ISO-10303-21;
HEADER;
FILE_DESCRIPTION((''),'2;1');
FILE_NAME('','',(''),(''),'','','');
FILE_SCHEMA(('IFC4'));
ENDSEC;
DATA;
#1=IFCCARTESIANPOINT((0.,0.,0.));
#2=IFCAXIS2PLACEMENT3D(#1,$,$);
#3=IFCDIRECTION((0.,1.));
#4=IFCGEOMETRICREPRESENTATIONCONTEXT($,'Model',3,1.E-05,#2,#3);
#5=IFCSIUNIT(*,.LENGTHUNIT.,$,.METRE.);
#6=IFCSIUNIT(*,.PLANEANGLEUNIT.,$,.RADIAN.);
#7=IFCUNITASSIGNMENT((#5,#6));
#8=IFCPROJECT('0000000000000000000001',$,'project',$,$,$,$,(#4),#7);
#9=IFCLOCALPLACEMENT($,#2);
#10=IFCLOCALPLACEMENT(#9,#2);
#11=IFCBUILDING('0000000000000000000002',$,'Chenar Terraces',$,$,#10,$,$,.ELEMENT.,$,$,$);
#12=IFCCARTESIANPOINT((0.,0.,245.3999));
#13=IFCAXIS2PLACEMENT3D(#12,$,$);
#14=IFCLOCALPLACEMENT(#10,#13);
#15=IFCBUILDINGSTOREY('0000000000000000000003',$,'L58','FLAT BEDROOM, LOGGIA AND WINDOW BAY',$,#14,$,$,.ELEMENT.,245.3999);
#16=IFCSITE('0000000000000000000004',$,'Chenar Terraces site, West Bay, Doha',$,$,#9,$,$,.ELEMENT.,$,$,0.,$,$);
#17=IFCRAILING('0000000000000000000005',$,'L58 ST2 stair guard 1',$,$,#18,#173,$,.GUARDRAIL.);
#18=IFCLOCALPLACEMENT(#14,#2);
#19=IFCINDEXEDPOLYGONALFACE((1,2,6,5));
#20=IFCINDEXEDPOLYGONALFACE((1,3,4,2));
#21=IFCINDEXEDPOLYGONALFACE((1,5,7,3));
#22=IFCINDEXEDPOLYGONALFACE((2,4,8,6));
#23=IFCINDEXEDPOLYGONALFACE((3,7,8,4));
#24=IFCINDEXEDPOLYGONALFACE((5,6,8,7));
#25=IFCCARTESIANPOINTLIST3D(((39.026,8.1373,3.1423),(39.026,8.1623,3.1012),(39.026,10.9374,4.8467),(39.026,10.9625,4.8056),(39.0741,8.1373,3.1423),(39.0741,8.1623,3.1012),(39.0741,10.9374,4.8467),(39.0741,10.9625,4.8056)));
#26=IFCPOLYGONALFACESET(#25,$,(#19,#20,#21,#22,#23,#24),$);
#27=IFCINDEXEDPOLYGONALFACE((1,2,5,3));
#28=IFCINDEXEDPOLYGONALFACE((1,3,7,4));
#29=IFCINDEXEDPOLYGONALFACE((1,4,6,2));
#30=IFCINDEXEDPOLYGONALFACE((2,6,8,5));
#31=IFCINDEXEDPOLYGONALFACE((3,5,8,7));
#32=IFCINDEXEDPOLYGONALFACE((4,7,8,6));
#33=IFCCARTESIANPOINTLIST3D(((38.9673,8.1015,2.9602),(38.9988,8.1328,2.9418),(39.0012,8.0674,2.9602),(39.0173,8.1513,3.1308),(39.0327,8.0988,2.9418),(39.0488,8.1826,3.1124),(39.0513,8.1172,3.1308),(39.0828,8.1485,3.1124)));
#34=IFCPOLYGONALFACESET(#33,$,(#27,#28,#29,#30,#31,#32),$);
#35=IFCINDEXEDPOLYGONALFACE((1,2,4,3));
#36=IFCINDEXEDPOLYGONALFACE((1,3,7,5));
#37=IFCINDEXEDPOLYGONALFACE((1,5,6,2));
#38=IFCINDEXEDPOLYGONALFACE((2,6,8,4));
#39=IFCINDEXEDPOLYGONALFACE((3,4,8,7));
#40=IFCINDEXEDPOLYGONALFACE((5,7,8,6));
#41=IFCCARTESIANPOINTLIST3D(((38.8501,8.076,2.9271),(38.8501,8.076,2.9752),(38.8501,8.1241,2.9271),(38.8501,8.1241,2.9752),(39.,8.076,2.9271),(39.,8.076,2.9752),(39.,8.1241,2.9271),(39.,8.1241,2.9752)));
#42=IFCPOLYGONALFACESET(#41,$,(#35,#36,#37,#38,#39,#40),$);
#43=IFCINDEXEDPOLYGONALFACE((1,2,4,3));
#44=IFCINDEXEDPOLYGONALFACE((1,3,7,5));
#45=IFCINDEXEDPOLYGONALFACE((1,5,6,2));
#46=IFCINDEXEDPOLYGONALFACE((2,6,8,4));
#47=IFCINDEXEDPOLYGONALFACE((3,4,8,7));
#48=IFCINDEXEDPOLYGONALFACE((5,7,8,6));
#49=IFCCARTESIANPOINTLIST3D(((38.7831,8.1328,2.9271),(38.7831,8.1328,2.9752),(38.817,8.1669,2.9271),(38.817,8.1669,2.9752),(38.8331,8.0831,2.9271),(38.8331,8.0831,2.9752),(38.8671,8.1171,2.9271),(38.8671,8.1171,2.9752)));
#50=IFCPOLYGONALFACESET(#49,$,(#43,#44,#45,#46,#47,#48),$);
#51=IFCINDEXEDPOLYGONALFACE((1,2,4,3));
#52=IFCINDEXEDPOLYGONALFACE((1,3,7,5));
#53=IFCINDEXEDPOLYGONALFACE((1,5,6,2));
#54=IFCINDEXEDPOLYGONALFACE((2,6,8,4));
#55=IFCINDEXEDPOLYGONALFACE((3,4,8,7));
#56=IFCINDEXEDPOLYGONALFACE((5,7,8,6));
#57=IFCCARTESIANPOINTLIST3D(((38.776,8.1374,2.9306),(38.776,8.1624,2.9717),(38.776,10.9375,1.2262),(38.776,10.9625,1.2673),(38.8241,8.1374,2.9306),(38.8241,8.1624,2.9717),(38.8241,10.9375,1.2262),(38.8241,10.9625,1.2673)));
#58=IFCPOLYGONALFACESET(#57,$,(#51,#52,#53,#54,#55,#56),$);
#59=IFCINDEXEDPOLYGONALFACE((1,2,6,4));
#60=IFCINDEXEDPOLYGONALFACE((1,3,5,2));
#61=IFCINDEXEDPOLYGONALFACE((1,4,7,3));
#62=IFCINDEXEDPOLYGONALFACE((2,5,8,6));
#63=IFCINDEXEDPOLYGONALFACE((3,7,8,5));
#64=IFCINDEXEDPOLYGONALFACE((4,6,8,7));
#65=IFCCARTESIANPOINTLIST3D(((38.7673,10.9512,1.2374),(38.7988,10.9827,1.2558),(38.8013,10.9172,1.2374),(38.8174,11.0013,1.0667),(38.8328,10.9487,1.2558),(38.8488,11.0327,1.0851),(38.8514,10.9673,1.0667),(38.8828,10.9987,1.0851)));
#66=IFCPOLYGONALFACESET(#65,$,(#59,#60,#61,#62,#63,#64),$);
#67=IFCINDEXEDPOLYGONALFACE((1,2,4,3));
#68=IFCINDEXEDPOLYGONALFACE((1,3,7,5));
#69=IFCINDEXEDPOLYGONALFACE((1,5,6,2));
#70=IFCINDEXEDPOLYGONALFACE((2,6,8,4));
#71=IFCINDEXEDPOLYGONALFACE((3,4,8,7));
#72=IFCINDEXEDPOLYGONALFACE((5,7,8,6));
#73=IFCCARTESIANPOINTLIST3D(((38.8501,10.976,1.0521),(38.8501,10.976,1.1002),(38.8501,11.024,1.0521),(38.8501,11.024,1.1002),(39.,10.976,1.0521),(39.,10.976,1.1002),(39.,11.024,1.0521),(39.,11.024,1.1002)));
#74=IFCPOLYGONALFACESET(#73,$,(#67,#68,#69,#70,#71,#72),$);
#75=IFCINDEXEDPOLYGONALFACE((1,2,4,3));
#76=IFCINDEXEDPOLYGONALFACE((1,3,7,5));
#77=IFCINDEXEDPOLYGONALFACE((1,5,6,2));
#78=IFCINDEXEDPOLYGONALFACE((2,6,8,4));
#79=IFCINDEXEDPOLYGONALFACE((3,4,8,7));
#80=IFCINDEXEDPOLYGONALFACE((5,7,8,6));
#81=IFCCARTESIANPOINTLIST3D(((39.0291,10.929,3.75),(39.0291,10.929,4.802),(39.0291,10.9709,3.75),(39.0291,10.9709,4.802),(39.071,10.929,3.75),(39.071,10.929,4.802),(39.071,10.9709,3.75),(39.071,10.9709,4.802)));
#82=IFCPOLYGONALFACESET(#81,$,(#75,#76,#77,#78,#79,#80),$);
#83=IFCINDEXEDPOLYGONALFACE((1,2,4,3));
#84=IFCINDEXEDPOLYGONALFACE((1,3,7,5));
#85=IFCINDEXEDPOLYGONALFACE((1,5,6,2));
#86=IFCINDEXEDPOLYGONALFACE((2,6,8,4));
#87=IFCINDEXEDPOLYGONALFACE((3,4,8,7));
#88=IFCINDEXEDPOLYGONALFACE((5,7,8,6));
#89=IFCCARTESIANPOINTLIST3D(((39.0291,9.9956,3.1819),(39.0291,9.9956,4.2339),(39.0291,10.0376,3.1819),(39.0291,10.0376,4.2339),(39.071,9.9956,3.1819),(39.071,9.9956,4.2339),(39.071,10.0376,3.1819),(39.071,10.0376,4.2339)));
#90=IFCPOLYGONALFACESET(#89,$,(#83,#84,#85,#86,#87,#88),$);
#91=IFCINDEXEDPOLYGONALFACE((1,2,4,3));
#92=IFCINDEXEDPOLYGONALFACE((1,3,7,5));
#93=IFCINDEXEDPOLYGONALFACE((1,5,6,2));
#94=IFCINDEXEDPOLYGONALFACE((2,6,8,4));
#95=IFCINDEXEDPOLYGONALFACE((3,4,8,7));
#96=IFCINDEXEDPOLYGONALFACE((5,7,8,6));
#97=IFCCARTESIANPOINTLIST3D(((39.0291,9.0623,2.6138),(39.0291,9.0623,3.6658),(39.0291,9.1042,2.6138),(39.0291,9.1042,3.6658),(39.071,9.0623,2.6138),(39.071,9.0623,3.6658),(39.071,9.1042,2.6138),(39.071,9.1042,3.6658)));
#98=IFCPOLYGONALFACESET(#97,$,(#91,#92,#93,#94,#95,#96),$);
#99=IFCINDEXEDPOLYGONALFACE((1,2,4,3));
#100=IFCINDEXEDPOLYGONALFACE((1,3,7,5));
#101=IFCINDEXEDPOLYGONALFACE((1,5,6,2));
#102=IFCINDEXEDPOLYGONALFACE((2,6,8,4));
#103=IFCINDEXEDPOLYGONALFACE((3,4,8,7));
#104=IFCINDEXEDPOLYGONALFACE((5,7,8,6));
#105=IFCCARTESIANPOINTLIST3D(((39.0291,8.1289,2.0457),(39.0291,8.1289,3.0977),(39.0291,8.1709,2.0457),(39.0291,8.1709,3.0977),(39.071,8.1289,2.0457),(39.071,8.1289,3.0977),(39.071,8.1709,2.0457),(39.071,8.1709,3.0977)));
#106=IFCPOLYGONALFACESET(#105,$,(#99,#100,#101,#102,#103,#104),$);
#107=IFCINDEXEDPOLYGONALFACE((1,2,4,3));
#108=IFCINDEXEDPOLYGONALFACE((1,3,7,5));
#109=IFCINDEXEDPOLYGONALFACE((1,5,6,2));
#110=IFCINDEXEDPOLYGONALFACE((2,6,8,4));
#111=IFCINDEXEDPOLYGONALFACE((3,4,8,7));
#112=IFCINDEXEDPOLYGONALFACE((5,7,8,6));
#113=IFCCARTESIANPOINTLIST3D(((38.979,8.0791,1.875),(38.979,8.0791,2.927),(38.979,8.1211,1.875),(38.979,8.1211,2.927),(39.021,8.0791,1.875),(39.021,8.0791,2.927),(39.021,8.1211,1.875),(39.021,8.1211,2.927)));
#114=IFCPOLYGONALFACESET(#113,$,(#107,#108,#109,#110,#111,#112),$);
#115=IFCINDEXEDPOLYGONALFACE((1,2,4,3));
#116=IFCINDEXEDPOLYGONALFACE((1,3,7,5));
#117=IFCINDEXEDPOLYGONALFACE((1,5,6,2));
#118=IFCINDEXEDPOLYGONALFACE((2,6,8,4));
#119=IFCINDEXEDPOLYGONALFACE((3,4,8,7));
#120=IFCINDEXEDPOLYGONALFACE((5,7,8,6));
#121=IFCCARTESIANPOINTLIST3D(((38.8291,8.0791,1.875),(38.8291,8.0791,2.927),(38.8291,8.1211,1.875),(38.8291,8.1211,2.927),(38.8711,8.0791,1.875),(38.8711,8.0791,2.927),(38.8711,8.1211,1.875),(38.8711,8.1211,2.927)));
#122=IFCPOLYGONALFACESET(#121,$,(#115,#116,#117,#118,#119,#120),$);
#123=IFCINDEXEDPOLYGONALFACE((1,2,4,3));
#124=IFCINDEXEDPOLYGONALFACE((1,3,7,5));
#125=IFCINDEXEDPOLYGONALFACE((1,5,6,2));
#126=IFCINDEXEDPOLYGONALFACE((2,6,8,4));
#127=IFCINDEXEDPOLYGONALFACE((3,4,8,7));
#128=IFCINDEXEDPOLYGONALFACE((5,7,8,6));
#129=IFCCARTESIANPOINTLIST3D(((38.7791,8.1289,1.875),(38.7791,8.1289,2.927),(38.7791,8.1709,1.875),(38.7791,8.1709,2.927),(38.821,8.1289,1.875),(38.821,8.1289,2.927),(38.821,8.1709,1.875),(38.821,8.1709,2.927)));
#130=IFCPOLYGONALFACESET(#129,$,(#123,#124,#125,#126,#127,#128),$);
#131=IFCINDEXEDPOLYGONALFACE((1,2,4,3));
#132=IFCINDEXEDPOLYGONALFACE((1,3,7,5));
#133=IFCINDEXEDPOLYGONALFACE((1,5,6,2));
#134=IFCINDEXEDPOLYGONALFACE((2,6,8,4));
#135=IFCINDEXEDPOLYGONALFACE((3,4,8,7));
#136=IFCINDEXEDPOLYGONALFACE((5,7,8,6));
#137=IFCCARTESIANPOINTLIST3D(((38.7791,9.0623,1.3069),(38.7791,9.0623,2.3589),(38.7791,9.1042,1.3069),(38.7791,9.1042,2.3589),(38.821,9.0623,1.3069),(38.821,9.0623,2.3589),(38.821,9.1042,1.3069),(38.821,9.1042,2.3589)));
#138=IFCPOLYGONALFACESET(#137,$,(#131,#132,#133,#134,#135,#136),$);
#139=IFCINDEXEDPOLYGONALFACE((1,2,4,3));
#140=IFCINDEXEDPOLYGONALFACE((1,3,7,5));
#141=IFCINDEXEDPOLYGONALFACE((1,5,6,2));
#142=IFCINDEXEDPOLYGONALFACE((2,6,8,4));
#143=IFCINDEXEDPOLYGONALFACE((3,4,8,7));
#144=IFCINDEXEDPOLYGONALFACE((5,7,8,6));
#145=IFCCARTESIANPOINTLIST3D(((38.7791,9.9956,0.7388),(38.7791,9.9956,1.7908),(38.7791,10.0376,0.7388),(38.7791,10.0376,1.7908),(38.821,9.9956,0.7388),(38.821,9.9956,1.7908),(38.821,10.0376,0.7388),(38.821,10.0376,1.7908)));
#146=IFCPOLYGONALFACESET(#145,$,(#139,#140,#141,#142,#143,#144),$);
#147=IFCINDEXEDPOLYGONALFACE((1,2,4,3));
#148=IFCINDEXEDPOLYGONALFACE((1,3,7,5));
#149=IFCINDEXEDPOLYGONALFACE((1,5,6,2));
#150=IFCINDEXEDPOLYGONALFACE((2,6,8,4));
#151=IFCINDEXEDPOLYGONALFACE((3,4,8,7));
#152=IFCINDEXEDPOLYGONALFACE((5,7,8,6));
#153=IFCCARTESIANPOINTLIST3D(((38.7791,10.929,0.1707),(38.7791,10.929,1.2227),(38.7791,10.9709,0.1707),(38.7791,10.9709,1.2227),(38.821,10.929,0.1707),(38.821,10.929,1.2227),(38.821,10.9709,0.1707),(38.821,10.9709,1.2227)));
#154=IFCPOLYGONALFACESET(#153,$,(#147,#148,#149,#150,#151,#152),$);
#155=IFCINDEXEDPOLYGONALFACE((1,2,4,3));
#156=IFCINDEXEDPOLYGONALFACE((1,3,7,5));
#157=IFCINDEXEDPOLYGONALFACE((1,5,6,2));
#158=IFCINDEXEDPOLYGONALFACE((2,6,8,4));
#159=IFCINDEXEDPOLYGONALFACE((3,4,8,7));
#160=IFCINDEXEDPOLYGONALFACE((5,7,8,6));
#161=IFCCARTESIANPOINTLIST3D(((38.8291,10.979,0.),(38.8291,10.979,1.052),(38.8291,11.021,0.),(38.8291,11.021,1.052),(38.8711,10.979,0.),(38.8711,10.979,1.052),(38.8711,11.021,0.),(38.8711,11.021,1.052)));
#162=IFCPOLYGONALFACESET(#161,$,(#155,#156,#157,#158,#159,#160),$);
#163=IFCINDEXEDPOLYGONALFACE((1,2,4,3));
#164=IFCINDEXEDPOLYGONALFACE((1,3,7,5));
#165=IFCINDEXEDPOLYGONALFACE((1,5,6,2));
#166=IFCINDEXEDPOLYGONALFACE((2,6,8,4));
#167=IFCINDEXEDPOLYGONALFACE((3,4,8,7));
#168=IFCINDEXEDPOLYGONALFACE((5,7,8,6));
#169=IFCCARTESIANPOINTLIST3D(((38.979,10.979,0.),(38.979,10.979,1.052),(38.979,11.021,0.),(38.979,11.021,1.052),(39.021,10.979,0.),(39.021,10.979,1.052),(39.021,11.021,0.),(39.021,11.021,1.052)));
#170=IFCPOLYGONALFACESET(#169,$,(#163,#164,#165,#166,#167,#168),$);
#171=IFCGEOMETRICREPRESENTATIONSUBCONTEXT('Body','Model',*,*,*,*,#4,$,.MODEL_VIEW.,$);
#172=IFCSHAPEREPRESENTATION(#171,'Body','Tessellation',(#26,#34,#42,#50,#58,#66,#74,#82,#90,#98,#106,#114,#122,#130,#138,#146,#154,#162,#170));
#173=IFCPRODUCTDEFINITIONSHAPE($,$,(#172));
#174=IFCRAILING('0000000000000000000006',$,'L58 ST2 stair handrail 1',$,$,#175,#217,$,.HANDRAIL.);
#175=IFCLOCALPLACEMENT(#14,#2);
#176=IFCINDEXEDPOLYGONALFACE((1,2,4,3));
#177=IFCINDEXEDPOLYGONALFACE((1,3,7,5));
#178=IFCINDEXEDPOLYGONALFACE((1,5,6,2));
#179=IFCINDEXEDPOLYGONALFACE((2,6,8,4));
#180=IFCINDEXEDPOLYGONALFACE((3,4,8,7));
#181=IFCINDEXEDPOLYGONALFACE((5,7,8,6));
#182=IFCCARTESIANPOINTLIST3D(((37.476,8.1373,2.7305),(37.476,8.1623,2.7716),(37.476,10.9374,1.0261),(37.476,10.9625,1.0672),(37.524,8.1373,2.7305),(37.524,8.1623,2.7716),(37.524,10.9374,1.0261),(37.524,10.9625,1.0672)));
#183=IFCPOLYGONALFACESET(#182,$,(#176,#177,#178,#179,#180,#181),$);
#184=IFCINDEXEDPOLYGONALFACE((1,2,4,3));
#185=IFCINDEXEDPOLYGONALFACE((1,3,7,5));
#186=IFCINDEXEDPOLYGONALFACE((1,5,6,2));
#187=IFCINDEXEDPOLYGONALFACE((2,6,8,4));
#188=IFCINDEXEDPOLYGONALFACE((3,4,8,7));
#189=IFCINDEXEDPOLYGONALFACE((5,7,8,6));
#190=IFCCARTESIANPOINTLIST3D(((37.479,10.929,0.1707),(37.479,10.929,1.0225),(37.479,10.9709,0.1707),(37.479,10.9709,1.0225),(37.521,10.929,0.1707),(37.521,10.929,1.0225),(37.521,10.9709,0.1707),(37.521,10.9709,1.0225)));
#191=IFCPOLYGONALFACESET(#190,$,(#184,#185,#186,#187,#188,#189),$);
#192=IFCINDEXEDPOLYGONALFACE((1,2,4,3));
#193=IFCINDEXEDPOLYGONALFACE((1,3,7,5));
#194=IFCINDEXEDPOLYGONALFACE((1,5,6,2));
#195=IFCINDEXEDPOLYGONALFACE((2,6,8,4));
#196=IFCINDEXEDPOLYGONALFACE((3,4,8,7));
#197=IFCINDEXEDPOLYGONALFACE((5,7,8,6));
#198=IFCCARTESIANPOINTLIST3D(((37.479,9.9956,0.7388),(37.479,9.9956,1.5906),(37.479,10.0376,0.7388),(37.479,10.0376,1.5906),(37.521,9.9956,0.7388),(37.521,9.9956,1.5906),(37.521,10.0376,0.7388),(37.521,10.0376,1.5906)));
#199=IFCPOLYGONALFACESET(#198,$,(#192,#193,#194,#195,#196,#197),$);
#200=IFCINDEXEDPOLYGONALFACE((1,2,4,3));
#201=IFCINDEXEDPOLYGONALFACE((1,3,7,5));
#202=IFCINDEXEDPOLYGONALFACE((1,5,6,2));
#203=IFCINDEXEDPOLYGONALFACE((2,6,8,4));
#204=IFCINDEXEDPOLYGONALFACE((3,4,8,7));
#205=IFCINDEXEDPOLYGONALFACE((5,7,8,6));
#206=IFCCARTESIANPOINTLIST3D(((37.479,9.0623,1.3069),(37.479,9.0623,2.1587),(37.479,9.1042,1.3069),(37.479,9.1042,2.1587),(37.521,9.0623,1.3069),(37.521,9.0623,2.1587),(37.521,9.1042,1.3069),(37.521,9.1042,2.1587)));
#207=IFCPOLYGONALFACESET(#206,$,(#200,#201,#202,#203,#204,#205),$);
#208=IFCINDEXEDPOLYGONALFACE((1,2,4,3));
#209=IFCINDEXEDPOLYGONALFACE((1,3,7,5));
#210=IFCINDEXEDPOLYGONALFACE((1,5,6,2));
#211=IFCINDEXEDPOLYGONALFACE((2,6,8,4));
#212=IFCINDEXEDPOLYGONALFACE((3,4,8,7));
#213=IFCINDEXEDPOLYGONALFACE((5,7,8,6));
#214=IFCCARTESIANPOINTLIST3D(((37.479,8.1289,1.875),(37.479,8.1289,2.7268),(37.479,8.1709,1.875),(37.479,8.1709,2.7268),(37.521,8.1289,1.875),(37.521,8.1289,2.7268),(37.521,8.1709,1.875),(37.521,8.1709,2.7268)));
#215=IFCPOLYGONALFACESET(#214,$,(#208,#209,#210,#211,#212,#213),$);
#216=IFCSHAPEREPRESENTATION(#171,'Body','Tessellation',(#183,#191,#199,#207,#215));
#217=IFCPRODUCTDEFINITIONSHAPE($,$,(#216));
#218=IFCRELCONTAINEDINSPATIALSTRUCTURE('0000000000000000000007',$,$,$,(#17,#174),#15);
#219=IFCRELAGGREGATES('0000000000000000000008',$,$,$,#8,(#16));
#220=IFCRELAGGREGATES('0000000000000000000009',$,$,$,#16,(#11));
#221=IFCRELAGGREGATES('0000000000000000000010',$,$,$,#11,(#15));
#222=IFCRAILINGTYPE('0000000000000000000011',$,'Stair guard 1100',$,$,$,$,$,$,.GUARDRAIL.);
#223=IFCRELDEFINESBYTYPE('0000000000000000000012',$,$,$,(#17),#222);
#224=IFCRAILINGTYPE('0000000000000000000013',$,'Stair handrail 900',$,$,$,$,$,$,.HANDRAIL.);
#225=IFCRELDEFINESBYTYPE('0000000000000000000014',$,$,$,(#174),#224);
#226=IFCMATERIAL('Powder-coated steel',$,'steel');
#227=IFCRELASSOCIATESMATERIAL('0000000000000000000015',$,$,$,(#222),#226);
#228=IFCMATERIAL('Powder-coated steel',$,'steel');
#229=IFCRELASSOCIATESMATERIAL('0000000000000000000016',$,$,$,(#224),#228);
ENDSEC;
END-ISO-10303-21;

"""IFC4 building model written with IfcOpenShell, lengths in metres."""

from ifc_helpers import new_model, si_unit, direction, frame, origin, origin_2d, place, context, subcontext, project, spatial, rectangle, extrude, material, type_object, element, save


model = new_model("IFC4")

# Units and contexts
model_context = context("Model", 3, precision=1e-05, world=origin(), true_north=direction((0.0, 1.0)))
body_context = subcontext(model_context, "Body", "Model", "MODEL_VIEW")
ifc_project = project(units=[si_unit("LENGTHUNIT", "METRE"), si_unit("PLANEANGLEUNIT", "RADIAN")], contexts=[model_context])

# Site, building, storey
site_placement = place(None, origin())
site = spatial("IfcSite", under=ifc_project, at=site_placement, Name="Chenar Terraces site, West Bay, Doha", CompositionType="ELEMENT", RefElevation=0.0)
building_placement = place(site_placement, origin())
building = spatial("IfcBuilding", under=site, at=building_placement, Name="Chenar Terraces", CompositionType="ELEMENT")
storey_placement = place(building_placement, frame((0.0, 0.0, 245.3999)))
storey = spatial("IfcBuildingStorey", under=building, at=storey_placement, Name="L58", Description="FLAT BEDROOM, LOGGIA AND WINDOW BAY", CompositionType="ELEMENT", Elevation=245.3999)

# Railings
ifc_material_1 = material(Name="Powder-coated steel", Category="steel")
railing_type_1 = type_object("IfcRailingType", Name="Stair guard 1100", PredefinedType="GUARDRAIL", material=ifc_material_1)
railing_1_placement = place(storey_placement, frame((39.05, 10.95, 3.75)))
element("IfcRailing", 1, at=railing_1_placement, inside=storey, type_object=railing_type_1, Name="L58 ST2 stair guard 1", PredefinedType="GUARDRAIL", context=body_context, shape_type="SweptSolid", body=[
    extrude(rectangle(XDim=0.0481, YDim=0.0481, at=origin_2d()), frame((0.0, 0.0, 1.0762), z_axis=(0.0, -0.854203, -0.51994), x_axis=(1.0, 0.0, 0.0)), (0.0, 0.0, 1.0), 3.2781),
    extrude(rectangle(XDim=0.0481, YDim=0.0481, at=origin_2d()), frame((0.0, -2.8, -0.6284), z_axis=(-0.270997, -0.269675, -0.924033), x_axis=(0.705376, -0.708834, 0.0)), (0.0, 0.0, 1.0), 0.1846),
    extrude(rectangle(XDim=0.0481, YDim=0.0481, at=origin_2d()), frame((-0.05, -2.8499, -0.7988), z_axis=(-1.0, 0.0, 0.0), x_axis=(0.0, -1.0, 0.0)), (0.0, 0.0, 1.0), 0.1499),
    extrude(rectangle(XDim=0.0481, YDim=0.0481, at=origin_2d()), frame((-0.2, -2.8499, -0.7988), z_axis=(-0.708834, 0.705376, 0.0), x_axis=(-0.705376, -0.708834, 0.0)), (0.0, 0.0, 1.0), 0.0706),
    extrude(rectangle(XDim=0.0481, YDim=0.0481, at=origin_2d()), frame((-0.25, -2.8, -0.7988), z_axis=(0.0, 0.854203, -0.51994), x_axis=(-1.0, 0.0, 0.0)), (0.0, 0.0, 1.0), 3.2781),
    extrude(rectangle(XDim=0.0481, YDim=0.0481, at=origin_2d()), frame((-0.25, 0.0, -2.5034), z_axis=(0.2709, 0.2709, -0.923703), x_axis=(-0.707107, 0.707107, 0.0)), (0.0, 0.0, 1.0), 0.1848),
    extrude(rectangle(XDim=0.0481, YDim=0.0481, at=origin_2d()), frame((-0.2, 0.05, -2.6738), z_axis=(1.0, 0.0, 0.0), x_axis=(0.0, 1.0, 0.0)), (0.0, 0.0, 1.0), 0.1499),
    extrude(rectangle(XDim=0.042, YDim=0.042, at=origin_2d()), origin(), (0.0, 0.0, 1.0), 1.052),
    extrude(rectangle(XDim=0.042, YDim=0.042, at=origin_2d()), frame((0.0, -0.9333, -0.5681)), (0.0, 0.0, 1.0), 1.052),
    extrude(rectangle(XDim=0.042, YDim=0.042, at=origin_2d()), frame((0.0, -1.8667, -1.1362)), (0.0, 0.0, 1.0), 1.052),
    extrude(rectangle(XDim=0.042, YDim=0.042, at=origin_2d()), frame((0.0, -2.8, -1.7043)), (0.0, 0.0, 1.0), 1.052),
    extrude(rectangle(XDim=0.042, YDim=0.042, at=origin_2d()), frame((-0.05, -2.8499, -1.875)), (0.0, 0.0, 1.0), 1.052),
    extrude(rectangle(XDim=0.042, YDim=0.042, at=origin_2d()), frame((-0.2, -2.8499, -1.875)), (0.0, 0.0, 1.0), 1.052),
    extrude(rectangle(XDim=0.042, YDim=0.042, at=origin_2d()), frame((-0.25, -2.8, -1.875)), (0.0, 0.0, 1.0), 1.052),
    extrude(rectangle(XDim=0.042, YDim=0.042, at=origin_2d()), frame((-0.25, -1.8667, -2.4431)), (0.0, 0.0, 1.0), 1.052),
    extrude(rectangle(XDim=0.042, YDim=0.042, at=origin_2d()), frame((-0.25, -0.9333, -3.0112)), (0.0, 0.0, 1.0), 1.052),
    extrude(rectangle(XDim=0.042, YDim=0.042, at=origin_2d()), frame((-0.25, 0.0, -3.5793)), (0.0, 0.0, 1.0), 1.052),
    extrude(rectangle(XDim=0.042, YDim=0.042, at=origin_2d()), frame((-0.2, 0.05, -3.75)), (0.0, 0.0, 1.0), 1.052),
    extrude(rectangle(XDim=0.042, YDim=0.042, at=origin_2d()), frame((-0.05, 0.05, -3.75)), (0.0, 0.0, 1.0), 1.052),
])
ifc_material_2 = material(Name="Powder-coated steel", Category="steel")
railing_type_2 = type_object("IfcRailingType", Name="Stair handrail 900", PredefinedType="HANDRAIL", material=ifc_material_2)
railing_2_placement = place(storey_placement, frame((37.5, 10.95, 0.1707)))
element("IfcRailing", 2, at=railing_2_placement, inside=storey, type_object=railing_type_2, Name="L58 ST2 stair handrail 1", PredefinedType="HANDRAIL", context=body_context, shape_type="SweptSolid", body=[
    extrude(rectangle(XDim=0.0481, YDim=0.0481, at=origin_2d()), frame((0.0, 0.0, 0.876), z_axis=(0.0, -0.854203, 0.51994), x_axis=(1.0, 0.0, 0.0)), (0.0, 0.0, 1.0), 3.2781),
    extrude(rectangle(XDim=0.042, YDim=0.042, at=origin_2d()), origin(), (0.0, 0.0, 1.0), 0.8518),
    extrude(rectangle(XDim=0.042, YDim=0.042, at=origin_2d()), frame((0.0, -0.9333, 0.5681)), (0.0, 0.0, 1.0), 0.8518),
    extrude(rectangle(XDim=0.042, YDim=0.042, at=origin_2d()), frame((0.0, -1.8667, 1.1362)), (0.0, 0.0, 1.0), 0.8518),
    extrude(rectangle(XDim=0.042, YDim=0.042, at=origin_2d()), frame((0.0, -2.8, 1.7043)), (0.0, 0.0, 1.0), 0.8518),
])

save(model, "model.ifc")
